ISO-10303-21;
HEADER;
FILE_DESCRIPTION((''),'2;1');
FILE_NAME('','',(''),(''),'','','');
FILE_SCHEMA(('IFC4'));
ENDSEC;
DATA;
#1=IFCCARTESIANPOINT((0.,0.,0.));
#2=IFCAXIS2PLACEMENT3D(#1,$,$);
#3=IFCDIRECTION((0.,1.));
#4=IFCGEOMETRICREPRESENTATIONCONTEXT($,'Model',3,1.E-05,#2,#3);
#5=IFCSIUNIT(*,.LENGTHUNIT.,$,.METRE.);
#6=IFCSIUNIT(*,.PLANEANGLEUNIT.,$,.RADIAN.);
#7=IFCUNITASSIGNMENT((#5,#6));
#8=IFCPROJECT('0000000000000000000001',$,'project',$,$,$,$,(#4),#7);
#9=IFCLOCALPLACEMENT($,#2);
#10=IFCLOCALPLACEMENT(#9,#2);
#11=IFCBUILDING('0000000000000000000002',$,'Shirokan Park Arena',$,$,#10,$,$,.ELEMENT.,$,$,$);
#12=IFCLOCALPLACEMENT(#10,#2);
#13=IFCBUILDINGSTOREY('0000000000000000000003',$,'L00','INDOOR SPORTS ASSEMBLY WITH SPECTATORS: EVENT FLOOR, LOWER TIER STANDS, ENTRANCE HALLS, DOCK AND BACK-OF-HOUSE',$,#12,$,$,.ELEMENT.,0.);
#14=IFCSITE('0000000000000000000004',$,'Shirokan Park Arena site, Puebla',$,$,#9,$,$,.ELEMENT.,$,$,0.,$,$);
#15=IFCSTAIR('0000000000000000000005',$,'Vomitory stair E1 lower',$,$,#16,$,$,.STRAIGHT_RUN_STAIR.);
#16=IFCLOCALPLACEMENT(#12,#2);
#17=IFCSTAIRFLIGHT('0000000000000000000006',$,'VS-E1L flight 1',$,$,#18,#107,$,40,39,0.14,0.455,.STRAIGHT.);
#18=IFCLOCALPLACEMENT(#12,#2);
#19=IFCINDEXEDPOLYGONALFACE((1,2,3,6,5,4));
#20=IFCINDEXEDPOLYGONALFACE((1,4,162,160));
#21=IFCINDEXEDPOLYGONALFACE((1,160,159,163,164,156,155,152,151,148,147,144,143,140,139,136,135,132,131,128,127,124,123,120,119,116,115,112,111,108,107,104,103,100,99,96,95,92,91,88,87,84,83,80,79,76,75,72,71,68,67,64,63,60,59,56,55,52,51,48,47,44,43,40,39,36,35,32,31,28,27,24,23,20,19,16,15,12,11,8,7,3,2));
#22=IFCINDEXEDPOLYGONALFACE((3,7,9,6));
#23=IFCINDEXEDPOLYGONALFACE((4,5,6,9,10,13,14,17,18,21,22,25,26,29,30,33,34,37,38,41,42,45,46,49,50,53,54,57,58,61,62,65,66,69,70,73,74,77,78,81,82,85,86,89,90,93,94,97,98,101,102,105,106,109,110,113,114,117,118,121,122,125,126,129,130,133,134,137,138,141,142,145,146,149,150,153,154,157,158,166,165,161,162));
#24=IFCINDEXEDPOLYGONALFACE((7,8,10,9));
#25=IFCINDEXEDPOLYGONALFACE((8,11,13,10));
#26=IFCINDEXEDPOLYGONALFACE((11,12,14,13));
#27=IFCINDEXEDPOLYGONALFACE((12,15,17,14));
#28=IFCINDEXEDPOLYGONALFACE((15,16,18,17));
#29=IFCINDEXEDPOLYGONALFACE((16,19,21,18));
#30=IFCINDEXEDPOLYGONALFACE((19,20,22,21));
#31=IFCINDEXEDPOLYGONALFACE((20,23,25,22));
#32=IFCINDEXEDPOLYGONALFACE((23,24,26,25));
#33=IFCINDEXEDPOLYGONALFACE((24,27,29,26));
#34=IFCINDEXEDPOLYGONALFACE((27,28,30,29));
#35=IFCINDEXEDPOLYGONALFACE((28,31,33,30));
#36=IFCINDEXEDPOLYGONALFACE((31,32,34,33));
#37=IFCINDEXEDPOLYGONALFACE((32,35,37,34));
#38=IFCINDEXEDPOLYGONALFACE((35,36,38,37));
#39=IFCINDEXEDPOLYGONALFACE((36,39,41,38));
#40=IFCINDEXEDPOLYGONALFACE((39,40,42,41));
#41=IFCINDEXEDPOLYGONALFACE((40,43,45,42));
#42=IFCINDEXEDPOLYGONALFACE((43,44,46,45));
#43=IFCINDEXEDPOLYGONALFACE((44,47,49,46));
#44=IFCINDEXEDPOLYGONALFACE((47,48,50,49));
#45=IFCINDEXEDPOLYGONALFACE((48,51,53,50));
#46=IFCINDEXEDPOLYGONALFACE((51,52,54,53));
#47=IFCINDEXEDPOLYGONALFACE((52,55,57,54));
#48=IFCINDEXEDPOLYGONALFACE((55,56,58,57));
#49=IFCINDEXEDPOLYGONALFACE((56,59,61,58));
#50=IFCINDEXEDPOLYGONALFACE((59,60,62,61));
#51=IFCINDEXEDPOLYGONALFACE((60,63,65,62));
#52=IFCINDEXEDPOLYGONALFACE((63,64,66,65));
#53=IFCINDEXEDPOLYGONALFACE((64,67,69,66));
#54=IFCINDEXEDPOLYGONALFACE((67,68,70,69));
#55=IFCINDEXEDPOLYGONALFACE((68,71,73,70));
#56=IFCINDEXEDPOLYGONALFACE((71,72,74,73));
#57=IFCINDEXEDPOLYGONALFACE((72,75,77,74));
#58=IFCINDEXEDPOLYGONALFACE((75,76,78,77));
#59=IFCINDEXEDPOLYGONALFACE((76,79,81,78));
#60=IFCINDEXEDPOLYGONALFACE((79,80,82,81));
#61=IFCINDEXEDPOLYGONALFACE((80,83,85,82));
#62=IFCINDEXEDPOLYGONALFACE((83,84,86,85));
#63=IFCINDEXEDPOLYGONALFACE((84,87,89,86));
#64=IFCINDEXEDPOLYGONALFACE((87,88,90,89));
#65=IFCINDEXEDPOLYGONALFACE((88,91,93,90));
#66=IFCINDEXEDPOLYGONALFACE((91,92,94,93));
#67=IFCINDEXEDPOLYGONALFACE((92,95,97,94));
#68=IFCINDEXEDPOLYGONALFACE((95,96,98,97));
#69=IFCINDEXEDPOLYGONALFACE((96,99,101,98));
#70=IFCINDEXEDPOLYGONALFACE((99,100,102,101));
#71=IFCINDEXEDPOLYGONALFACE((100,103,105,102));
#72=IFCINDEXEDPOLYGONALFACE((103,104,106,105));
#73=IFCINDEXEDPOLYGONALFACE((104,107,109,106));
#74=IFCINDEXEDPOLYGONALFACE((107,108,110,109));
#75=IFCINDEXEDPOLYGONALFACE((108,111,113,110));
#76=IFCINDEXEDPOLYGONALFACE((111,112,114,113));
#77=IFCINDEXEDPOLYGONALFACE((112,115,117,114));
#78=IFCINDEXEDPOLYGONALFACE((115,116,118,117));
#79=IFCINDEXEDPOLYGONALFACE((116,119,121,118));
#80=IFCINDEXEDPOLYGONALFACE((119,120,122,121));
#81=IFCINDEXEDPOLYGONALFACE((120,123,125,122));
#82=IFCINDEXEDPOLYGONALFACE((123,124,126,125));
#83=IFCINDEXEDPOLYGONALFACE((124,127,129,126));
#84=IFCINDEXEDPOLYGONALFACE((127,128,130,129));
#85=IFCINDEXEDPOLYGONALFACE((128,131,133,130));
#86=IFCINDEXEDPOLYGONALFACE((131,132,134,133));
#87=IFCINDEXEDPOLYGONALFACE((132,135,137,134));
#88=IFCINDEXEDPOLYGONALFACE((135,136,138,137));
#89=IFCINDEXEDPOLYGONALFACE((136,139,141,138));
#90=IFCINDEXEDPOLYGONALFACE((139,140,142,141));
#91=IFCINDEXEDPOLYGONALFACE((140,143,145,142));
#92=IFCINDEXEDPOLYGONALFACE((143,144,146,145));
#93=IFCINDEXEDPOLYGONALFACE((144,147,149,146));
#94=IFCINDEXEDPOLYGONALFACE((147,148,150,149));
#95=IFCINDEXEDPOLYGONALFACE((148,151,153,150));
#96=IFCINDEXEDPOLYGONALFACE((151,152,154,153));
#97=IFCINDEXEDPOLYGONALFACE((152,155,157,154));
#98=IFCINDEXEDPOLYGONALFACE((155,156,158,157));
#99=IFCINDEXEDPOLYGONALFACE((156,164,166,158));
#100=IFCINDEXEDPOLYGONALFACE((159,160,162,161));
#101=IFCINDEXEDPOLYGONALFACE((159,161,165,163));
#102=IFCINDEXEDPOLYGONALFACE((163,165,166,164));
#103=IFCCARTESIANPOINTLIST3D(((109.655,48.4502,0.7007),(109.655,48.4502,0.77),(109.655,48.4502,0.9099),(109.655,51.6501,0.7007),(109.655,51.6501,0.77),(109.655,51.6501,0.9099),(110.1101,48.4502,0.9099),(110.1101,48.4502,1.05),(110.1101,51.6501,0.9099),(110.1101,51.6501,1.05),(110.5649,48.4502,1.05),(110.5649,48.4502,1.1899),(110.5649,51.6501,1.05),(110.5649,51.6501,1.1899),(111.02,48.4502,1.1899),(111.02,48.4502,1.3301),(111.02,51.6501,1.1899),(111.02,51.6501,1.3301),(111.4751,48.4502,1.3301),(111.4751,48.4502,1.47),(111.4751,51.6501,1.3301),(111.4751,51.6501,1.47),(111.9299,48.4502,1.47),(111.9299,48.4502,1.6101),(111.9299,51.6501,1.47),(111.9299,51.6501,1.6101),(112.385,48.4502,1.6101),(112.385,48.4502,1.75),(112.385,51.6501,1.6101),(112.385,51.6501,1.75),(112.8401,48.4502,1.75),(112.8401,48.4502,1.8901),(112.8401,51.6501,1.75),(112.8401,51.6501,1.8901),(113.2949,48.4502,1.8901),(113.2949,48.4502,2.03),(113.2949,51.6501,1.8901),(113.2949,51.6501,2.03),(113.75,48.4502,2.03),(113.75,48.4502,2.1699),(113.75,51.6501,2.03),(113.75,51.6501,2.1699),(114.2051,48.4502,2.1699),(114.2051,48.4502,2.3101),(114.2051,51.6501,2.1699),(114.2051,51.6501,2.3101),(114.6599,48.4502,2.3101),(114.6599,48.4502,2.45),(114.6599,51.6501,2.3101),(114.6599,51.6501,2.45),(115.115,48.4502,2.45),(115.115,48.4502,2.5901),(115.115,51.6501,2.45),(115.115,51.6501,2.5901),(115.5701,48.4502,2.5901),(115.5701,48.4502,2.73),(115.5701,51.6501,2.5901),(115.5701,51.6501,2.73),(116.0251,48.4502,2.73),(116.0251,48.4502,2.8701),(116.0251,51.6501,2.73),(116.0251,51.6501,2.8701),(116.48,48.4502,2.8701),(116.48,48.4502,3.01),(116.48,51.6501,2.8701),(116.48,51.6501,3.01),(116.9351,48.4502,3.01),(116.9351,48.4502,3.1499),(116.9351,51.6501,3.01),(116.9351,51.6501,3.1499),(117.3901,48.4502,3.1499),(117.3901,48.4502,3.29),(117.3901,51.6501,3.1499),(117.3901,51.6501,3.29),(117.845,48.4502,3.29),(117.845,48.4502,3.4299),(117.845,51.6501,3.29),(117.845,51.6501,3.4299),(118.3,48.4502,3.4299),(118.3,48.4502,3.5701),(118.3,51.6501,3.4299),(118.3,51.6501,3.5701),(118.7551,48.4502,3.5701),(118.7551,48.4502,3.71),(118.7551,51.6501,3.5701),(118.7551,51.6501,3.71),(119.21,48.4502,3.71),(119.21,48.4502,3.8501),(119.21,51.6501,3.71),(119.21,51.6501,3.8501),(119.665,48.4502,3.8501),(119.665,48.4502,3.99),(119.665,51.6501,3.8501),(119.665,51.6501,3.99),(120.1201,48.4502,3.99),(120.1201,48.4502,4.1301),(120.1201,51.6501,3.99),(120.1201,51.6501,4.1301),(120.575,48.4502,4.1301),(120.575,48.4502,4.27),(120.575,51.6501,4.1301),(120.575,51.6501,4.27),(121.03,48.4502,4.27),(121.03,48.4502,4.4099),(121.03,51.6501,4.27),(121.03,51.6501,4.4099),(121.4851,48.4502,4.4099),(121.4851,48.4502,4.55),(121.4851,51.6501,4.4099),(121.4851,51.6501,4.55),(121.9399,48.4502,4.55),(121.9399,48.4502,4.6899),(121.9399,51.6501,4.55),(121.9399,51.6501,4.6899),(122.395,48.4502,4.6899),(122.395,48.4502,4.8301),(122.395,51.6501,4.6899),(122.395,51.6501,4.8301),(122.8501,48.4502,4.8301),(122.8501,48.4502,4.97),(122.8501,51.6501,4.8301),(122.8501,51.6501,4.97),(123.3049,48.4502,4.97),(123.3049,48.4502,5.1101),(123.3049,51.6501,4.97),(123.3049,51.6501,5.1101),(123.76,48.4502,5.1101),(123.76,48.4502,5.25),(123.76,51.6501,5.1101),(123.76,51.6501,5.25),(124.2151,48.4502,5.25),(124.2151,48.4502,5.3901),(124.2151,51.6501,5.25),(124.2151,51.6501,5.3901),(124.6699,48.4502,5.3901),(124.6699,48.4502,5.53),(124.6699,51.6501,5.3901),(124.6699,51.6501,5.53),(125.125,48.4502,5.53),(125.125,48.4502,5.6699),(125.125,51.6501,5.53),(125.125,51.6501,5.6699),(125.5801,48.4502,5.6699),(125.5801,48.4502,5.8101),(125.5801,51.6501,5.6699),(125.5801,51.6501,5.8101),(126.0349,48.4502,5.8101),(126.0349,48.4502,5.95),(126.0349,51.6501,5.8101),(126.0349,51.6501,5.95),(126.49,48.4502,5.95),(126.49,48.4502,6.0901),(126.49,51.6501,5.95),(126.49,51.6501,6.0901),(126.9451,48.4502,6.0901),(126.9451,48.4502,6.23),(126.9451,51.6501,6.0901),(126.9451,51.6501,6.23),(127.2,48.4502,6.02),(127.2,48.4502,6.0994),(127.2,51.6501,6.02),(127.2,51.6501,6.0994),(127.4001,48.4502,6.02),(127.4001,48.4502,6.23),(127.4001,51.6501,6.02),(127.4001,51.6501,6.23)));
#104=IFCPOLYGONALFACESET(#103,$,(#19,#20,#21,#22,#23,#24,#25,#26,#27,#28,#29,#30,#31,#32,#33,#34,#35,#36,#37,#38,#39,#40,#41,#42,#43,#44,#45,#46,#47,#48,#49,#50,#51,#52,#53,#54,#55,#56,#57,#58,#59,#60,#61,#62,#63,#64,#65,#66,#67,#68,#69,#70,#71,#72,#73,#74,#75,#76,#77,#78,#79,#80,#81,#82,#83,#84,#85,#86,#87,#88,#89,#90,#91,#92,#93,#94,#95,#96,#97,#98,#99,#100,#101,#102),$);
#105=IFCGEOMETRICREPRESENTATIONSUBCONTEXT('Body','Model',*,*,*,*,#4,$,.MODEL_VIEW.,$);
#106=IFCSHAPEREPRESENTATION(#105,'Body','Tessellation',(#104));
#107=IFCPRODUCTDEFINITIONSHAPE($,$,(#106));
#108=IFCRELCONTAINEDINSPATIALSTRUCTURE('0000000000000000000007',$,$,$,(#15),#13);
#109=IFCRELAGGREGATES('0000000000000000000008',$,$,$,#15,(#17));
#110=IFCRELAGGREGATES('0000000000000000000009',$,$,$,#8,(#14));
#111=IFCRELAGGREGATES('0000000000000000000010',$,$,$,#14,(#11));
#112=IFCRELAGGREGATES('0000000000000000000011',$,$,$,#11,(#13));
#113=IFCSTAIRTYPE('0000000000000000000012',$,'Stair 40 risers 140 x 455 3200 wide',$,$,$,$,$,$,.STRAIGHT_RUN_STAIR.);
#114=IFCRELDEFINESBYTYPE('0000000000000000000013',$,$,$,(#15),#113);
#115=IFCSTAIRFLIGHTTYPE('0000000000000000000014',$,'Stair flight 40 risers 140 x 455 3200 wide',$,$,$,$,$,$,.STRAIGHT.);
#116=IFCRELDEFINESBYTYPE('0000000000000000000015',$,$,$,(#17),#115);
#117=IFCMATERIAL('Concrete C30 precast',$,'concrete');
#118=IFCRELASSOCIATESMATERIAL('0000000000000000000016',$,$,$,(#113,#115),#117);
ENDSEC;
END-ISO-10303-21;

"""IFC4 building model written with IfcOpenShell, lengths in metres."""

from ifc_helpers import new_model, si_unit, direction, frame, origin, place, context, subcontext, project, spatial, polyline, outline, extrude, material, type_object, element, aggregate, save


model = new_model("IFC4")

# Units and contexts
model_context = context("Model", 3, precision=1e-05, world=origin(), true_north=direction((0.0, 1.0)))
body_context = subcontext(model_context, "Body", "Model", "MODEL_VIEW")
ifc_project = project(units=[si_unit("LENGTHUNIT", "METRE"), si_unit("PLANEANGLEUNIT", "RADIAN")], contexts=[model_context])

# Site, building, storey
site_placement = place(None, origin())
site = spatial("IfcSite", under=ifc_project, at=site_placement, Name="Shirokan Park Arena site, Puebla", CompositionType="ELEMENT", RefElevation=0.0)
building_placement = place(site_placement, origin())
building = spatial("IfcBuilding", under=site, at=building_placement, Name="Shirokan Park Arena", CompositionType="ELEMENT")
storey_placement = place(building_placement, origin())
storey = spatial("IfcBuildingStorey", under=building, at=storey_placement, Name="L00", Description="INDOOR SPORTS ASSEMBLY WITH SPECTATORS: EVENT FLOOR, LOWER TIER STANDS, ENTRANCE HALLS, DOCK AND BACK-OF-HOUSE", CompositionType="ELEMENT", Elevation=0.0)

# Stair, stair flight
ifc_material_1 = material(Name="Concrete C30 precast", Category="concrete")
stair_type = type_object("IfcStairType", Name="Stair 40 risers 140 x 455 3200 wide", PredefinedType="STRAIGHT_RUN_STAIR", material=ifc_material_1)
stair_placement = place(storey_placement, origin())
stair = element("IfcStair", 1, at=stair_placement, inside=storey, type_object=stair_type, Name="Vomitory stair E1 lower", PredefinedType="STRAIGHT_RUN_STAIR")
stair_flight_type = type_object("IfcStairFlightType", Name="Stair flight 40 risers 140 x 455 3200 wide", PredefinedType="STRAIGHT", material=ifc_material_1)
stair_flight_placement = place(storey_placement, frame((109.655, 50.05, 0.77), z_axis=(0.0, 0.0, 1.0), x_axis=(1.0, 0.0, 0.0)))
stair_flight = element("IfcStairFlight", 2, at=stair_flight_placement, type_object=stair_flight_type, Name="VS-E1L flight 1", NumberOfRisers=40, NumberOfTreads=39, PredefinedType="STRAIGHT", RiserHeight=0.14, TreadLength=0.455, context=body_context, shape_type="SweptSolid", body=[
    extrude(outline(polyline([(0.0, -0.0693), (0.0, 0.0), (0.0, 0.1399), (0.4551, 0.1399), (0.4551, 0.28), (0.9099, 0.28), (0.9099, 0.4199), (1.365, 0.4199), (1.365, 0.5601), (1.8201, 0.5601), (1.8201, 0.7), (2.2749, 0.7), (2.2749, 0.8401), (2.73, 0.8401), (2.73, 0.98), (3.1851, 0.98), (3.1851, 1.1201), (3.6399, 1.1201), (3.6399, 1.26), (4.095, 1.26), (4.095, 1.3999), (4.55, 1.3999), (4.55, 1.54), (5.0049, 1.54), (5.0049, 1.6799), (5.46, 1.6799), (5.46, 1.8201), (5.915, 1.8201), (5.915, 1.96), (6.3701, 1.96), (6.3701, 2.1001), (6.825, 2.1001), (6.825, 2.24), (7.28, 2.24), (7.28, 2.3799), (7.7351, 2.3799), (7.7351, 2.52), (8.1899, 2.52), (8.1899, 2.6599), (8.645, 2.6599), (8.645, 2.8), (9.1001, 2.8), (9.1001, 2.9399), (9.5549, 2.9399), (9.5549, 3.0801), (10.01, 3.0801), (10.01, 3.22), (10.4651, 3.22), (10.4651, 3.3601), (10.9199, 3.3601), (10.9199, 3.5), (11.375, 3.5), (11.375, 3.6399), (11.8301, 3.6399), (11.8301, 3.78), (12.2849, 3.78), (12.2849, 3.9199), (12.74, 3.9199), (12.74, 4.0601), (13.1951, 4.0601), (13.1951, 4.2), (13.6499, 4.2), (13.6499, 4.3401), (14.105, 4.3401), (14.105, 4.48), (14.5601, 4.48), (14.5601, 4.6201), (15.0149, 4.6201), (15.0149, 4.76), (15.47, 4.76), (15.47, 4.8999), (15.925, 4.8999), (15.925, 5.04), (16.3799, 5.04), (16.3799, 5.1799), (16.835, 5.1799), (16.835, 5.3201), (17.29, 5.3201), (17.29, 5.46), (17.7451, 5.46), (17.7451, 5.6001), (17.7451, 5.25), (17.5449, 5.25), (17.5449, 5.3293), (0.0, -0.0693)])), frame((0.0, 1.6001, 0.0), z_axis=(0.0, -1.0, 0.0), x_axis=(1.0, 0.0, 0.0)), (0.0, 0.0, 1.0), 3.2),
])
aggregate(stair, [stair_flight])

save(model, "model.ifc")
